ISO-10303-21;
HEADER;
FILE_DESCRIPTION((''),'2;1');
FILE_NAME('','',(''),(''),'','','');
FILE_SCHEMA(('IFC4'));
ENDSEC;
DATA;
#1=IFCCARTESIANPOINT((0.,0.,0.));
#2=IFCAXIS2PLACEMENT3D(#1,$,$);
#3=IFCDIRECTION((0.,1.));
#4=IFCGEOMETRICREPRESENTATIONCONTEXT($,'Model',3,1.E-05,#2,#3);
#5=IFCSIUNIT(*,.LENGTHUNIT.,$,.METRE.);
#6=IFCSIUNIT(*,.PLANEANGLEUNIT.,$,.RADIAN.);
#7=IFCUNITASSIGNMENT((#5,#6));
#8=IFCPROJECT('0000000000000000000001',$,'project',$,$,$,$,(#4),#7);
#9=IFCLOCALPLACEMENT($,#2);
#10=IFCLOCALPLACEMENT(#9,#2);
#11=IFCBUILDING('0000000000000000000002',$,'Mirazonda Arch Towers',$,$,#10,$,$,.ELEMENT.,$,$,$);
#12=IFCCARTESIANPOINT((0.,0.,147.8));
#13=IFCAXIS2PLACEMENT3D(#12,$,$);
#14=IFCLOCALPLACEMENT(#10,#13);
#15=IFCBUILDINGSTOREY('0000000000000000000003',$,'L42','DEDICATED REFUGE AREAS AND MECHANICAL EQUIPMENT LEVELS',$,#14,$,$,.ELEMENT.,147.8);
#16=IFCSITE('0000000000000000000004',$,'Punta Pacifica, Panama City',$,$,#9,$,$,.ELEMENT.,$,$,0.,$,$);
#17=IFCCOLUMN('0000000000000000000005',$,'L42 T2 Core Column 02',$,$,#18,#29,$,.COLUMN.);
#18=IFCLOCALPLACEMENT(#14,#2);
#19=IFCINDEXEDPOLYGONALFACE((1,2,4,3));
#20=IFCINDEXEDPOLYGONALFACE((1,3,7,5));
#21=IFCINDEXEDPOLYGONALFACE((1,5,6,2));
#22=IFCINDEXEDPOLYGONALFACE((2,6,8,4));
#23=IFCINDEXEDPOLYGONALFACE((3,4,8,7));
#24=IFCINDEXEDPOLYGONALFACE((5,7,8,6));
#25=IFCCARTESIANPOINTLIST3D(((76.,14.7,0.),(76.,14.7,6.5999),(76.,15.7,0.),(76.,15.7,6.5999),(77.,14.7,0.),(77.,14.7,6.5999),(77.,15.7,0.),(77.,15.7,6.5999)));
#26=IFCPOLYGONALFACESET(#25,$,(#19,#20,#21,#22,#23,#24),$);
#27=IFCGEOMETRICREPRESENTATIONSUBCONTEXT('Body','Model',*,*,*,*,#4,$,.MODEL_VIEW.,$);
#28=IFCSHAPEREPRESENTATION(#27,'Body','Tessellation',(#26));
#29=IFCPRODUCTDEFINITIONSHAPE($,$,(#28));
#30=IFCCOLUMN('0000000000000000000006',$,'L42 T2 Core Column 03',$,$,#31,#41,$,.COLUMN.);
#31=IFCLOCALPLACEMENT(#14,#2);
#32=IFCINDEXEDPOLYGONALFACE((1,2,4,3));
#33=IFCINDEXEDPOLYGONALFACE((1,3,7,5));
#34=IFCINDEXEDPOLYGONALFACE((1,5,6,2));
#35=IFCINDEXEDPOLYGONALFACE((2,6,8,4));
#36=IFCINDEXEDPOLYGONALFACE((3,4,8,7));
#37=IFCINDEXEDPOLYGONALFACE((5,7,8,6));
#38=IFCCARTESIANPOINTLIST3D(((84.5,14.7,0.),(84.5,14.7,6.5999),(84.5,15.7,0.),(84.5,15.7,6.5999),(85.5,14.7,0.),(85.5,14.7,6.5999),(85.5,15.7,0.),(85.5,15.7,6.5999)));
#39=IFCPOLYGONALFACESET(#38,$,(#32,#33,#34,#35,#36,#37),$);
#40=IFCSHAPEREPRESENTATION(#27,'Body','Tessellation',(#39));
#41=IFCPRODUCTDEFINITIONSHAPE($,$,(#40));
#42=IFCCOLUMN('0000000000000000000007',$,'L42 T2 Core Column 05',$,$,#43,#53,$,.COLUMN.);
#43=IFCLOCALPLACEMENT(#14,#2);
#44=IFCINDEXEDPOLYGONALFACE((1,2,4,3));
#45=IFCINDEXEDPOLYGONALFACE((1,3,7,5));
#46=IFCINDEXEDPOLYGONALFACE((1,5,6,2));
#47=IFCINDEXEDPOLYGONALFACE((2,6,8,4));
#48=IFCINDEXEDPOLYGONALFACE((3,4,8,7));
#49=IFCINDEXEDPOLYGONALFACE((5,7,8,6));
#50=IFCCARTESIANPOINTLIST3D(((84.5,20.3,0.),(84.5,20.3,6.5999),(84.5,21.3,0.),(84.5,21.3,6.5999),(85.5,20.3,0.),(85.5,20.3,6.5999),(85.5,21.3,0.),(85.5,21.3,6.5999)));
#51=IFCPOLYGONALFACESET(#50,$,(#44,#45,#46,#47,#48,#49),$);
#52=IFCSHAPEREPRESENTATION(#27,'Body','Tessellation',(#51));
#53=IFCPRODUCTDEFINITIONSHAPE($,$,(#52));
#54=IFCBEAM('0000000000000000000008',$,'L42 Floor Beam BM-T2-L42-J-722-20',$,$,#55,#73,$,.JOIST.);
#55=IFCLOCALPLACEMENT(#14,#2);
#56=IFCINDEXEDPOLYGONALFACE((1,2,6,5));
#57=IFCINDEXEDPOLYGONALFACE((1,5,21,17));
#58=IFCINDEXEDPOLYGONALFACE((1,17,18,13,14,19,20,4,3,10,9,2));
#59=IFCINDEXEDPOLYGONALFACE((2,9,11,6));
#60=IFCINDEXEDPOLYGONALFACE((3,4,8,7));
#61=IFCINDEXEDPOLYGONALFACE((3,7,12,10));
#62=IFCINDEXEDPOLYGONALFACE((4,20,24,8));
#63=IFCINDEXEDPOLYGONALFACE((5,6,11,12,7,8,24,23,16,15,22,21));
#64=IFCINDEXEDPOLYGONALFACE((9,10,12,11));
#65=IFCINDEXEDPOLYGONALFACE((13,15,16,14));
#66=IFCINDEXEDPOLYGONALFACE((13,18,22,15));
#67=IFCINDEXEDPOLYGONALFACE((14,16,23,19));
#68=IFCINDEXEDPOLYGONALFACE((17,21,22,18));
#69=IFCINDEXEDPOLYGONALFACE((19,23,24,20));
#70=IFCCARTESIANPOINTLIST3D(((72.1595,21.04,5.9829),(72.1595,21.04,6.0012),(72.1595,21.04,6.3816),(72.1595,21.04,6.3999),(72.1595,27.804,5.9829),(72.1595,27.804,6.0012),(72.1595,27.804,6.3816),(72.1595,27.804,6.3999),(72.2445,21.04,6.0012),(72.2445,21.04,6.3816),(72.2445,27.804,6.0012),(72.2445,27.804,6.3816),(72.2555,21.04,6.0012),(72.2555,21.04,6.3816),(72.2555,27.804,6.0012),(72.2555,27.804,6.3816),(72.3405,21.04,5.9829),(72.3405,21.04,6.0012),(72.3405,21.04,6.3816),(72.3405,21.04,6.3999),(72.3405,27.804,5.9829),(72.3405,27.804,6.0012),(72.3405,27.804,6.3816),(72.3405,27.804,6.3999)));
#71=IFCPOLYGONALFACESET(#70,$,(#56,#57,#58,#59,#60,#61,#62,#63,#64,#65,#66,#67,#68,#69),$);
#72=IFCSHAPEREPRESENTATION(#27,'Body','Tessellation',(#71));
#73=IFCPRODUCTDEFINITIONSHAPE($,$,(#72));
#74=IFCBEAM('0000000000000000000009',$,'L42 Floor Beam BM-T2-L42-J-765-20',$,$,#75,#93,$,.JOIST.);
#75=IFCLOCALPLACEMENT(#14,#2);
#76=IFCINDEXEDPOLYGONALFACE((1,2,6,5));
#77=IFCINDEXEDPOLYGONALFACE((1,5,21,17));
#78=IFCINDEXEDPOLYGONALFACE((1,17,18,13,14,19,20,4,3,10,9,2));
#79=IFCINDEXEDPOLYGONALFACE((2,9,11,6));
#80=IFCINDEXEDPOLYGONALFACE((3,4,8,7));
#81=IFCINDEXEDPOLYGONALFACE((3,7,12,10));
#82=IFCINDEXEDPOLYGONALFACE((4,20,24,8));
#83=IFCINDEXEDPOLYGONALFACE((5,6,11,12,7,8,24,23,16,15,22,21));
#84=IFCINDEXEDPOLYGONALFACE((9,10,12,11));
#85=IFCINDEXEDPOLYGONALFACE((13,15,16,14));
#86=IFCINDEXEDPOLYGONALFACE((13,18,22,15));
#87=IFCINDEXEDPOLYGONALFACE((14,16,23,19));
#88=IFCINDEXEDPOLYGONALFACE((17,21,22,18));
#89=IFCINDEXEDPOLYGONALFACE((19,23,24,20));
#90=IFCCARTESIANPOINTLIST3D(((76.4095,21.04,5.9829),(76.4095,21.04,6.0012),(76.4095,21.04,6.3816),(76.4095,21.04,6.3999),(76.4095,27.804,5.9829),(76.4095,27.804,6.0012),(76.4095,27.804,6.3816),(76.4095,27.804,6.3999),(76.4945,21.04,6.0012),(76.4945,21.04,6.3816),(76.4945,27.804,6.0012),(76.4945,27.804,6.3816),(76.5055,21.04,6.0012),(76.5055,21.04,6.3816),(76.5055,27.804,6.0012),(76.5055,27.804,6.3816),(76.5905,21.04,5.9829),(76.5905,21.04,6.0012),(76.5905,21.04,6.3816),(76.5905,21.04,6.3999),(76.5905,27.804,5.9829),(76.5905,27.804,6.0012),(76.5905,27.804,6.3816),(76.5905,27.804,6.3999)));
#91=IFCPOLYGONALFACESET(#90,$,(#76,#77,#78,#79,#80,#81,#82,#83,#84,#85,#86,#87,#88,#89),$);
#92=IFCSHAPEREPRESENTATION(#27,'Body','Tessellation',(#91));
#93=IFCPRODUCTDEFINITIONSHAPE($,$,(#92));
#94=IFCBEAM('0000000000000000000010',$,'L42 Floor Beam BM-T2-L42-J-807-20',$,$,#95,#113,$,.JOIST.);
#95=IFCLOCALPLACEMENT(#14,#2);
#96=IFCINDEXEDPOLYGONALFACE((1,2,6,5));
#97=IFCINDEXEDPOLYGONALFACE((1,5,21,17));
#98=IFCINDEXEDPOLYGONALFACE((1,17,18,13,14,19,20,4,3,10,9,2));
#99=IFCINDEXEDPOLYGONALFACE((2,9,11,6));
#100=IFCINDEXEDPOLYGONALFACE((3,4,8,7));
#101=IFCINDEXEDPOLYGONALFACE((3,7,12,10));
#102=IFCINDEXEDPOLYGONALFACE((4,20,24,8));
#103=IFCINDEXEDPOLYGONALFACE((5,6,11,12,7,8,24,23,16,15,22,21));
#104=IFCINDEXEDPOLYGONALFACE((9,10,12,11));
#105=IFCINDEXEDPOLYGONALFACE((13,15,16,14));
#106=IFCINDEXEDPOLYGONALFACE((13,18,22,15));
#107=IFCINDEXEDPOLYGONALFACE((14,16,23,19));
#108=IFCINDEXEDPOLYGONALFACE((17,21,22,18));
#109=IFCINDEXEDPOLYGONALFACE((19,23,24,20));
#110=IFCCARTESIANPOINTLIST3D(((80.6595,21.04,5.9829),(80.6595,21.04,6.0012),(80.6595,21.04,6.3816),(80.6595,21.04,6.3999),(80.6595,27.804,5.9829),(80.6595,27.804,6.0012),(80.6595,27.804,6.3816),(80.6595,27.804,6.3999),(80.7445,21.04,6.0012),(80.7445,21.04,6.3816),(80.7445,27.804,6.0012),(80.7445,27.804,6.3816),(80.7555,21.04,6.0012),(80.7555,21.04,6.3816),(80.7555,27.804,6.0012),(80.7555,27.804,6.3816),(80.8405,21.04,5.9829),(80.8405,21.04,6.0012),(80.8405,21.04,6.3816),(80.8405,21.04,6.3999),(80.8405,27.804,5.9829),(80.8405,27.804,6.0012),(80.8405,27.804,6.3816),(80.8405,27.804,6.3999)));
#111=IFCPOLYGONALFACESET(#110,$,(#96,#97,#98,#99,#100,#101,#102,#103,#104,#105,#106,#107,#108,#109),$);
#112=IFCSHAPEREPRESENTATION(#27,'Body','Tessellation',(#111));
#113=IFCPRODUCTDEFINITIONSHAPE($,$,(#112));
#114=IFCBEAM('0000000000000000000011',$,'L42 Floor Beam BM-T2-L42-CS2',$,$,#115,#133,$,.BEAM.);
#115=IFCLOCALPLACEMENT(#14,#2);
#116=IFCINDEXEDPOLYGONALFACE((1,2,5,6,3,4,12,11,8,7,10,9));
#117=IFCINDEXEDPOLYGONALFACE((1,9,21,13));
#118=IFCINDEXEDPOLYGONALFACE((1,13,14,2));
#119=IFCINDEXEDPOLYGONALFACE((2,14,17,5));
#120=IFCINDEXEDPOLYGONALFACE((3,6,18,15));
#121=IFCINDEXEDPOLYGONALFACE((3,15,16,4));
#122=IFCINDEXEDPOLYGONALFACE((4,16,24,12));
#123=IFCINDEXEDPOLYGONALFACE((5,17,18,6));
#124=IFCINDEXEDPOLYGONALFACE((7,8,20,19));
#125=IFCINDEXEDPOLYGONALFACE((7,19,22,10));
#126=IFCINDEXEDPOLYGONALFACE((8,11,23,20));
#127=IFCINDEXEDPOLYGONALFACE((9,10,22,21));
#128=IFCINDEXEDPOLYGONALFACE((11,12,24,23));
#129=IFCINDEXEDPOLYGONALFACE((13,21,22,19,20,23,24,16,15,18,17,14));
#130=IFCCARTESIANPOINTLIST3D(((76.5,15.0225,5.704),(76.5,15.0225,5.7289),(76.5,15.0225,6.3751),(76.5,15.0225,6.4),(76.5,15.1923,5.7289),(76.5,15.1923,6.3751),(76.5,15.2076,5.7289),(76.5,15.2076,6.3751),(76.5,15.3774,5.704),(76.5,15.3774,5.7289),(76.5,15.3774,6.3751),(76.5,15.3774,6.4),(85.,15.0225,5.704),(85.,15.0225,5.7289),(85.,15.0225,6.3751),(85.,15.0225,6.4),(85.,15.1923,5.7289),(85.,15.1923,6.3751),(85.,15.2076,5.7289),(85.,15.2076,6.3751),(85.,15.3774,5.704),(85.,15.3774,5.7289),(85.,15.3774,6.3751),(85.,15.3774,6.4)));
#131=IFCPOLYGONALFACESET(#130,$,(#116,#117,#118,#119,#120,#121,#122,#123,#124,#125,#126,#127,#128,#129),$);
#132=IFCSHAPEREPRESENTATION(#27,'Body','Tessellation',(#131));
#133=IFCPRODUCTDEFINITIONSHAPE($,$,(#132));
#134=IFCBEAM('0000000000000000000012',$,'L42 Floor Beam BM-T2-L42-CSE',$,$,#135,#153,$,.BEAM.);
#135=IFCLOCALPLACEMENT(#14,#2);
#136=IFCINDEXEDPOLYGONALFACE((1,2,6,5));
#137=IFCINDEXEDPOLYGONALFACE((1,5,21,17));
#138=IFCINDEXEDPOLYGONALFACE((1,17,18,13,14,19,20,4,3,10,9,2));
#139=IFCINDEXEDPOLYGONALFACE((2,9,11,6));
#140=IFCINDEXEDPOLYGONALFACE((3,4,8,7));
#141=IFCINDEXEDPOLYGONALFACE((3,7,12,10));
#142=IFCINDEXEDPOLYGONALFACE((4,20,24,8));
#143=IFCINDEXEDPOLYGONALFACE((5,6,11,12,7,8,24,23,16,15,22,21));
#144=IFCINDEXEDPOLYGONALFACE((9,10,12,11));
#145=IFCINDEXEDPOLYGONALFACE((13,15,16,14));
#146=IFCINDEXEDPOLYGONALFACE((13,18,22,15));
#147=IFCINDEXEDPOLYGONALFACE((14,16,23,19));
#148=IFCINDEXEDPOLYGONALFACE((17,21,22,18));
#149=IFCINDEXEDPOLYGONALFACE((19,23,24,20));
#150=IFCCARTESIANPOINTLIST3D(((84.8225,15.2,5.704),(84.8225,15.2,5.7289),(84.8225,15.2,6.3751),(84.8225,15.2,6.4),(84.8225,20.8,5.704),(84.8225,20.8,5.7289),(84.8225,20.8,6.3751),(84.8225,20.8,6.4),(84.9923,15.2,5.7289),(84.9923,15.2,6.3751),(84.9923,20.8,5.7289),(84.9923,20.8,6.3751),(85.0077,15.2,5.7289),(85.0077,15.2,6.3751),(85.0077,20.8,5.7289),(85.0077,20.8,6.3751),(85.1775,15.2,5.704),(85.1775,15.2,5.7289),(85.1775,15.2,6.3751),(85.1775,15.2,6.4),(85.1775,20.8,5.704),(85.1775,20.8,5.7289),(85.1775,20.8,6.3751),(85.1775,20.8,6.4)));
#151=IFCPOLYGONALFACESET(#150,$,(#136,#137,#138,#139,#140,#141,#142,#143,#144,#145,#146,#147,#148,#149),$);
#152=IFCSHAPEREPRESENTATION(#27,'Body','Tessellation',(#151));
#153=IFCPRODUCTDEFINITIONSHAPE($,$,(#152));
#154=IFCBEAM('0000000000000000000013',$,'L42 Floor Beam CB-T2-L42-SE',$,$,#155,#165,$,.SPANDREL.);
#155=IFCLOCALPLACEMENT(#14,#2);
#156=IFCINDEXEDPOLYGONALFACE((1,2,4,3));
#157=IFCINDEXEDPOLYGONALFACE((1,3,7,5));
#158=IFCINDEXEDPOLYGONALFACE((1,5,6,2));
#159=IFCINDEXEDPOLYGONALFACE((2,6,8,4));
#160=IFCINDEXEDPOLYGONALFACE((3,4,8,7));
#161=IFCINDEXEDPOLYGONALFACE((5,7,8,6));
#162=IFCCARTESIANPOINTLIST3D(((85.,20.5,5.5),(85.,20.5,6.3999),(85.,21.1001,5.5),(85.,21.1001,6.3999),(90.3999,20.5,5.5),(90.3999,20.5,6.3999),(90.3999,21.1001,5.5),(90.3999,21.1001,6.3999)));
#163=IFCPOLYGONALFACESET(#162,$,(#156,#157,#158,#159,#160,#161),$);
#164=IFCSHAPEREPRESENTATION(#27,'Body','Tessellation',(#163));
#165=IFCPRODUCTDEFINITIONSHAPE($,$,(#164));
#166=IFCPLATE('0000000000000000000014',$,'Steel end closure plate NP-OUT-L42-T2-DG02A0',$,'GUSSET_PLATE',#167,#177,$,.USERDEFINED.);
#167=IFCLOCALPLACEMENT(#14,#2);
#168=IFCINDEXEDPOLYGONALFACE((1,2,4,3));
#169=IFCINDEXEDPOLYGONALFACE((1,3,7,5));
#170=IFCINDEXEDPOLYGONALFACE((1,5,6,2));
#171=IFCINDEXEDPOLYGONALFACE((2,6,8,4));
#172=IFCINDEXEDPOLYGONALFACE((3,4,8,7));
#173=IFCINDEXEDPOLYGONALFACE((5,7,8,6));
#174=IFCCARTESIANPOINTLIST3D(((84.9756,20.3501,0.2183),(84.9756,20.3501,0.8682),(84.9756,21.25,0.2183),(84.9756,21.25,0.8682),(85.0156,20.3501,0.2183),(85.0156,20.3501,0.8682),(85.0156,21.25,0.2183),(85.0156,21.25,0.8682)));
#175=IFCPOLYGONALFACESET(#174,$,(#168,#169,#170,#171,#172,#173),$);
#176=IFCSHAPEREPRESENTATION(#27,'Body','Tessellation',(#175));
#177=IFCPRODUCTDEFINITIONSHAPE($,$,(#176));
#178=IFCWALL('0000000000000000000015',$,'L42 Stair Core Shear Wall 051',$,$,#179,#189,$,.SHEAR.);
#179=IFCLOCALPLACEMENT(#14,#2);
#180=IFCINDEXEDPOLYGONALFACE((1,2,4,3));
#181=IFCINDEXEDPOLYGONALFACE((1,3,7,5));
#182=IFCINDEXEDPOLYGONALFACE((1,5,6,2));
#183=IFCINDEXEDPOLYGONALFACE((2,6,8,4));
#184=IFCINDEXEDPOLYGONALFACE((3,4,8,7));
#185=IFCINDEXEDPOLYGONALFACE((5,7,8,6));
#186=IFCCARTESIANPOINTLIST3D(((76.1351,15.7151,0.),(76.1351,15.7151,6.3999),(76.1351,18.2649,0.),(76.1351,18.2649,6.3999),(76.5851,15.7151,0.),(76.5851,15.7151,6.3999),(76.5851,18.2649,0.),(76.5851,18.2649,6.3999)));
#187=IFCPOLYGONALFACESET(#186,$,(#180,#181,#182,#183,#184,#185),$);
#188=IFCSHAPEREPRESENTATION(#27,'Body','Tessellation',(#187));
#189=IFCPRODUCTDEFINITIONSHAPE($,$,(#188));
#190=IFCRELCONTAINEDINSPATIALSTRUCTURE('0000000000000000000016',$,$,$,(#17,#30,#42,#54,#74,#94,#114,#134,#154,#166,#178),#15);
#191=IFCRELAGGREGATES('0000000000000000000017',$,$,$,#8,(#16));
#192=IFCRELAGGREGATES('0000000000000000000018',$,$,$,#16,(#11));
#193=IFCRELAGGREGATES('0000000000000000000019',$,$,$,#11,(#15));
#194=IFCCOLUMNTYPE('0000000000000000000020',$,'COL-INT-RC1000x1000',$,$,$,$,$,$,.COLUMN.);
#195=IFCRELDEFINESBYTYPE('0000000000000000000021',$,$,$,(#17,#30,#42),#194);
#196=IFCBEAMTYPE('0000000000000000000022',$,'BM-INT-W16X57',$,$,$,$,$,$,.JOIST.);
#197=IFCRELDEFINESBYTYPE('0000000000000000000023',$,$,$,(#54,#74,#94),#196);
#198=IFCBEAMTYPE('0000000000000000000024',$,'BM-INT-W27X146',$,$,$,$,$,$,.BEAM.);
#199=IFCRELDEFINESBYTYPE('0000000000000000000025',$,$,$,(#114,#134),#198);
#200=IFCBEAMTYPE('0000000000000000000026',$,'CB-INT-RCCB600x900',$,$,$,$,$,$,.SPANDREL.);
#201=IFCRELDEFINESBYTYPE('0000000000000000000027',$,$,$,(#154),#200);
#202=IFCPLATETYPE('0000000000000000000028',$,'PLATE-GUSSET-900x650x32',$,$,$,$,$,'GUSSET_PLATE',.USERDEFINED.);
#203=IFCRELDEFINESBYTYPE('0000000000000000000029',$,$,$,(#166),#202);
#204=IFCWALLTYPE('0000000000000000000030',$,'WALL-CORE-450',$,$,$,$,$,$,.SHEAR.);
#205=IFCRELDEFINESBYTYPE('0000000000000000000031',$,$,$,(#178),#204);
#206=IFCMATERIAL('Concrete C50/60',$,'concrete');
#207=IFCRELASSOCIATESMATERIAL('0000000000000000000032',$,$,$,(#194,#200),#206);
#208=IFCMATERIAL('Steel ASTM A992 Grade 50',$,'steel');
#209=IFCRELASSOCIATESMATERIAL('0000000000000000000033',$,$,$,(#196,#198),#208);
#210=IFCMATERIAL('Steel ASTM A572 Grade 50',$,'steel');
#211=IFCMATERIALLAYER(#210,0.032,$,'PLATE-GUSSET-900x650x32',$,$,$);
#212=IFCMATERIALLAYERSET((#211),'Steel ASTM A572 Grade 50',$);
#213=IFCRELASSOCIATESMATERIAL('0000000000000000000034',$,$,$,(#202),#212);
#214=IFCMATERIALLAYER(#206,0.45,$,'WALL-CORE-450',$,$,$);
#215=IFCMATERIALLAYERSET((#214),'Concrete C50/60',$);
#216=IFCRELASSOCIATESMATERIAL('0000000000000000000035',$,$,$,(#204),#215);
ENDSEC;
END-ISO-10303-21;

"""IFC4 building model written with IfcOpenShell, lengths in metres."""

from ifc_helpers import new_model, si_unit, direction, frame, frame_2d, origin, origin_2d, place, context, subcontext, project, spatial, rectangle, i_section, extrude, material, layer, layer_set, material_profile, profile_set, type_object, element, save


model = new_model("IFC4")

# Units and contexts
model_context = context("Model", 3, precision=1e-05, world=origin(), true_north=direction((0.0, 1.0)))
body_context = subcontext(model_context, "Body", "Model", "MODEL_VIEW")
ifc_project = project(units=[si_unit("LENGTHUNIT", "METRE"), si_unit("PLANEANGLEUNIT", "RADIAN")], contexts=[model_context])

# Site, building, storey
site_placement = place(None, origin())
site = spatial("IfcSite", under=ifc_project, at=site_placement, Name="Punta Pacifica, Panama City", CompositionType="ELEMENT", RefElevation=0.0)
building_placement = place(site_placement, origin())
building = spatial("IfcBuilding", under=site, at=building_placement, Name="Mirazonda Arch Towers", CompositionType="ELEMENT")
storey_placement = place(building_placement, frame((0.0, 0.0, 147.8)))
storey = spatial("IfcBuildingStorey", under=building, at=storey_placement, Name="L42", Description="DEDICATED REFUGE AREAS AND MECHANICAL EQUIPMENT LEVELS", CompositionType="ELEMENT", Elevation=147.8)

# Columns
ifc_material_1 = material(Name="Concrete C50/60", Category="concrete")
ifc_material_profile_1 = material_profile(ifc_material_1, rectangle(XDim=1.0, YDim=1.0, at=origin_2d()), Name="RC1000x1000")
ifc_profile_set_1 = profile_set([ifc_material_profile_1], Name="Concrete C50/60")
column_type = type_object("IfcColumnType", Name="COL-INT-RC1000x1000", PredefinedType="COLUMN", material=ifc_profile_set_1)
for number, where, z_axis, x_axis, name in (
    (1, (76.5, 15.2, 0.0), (0.0, 0.0, 1.0), (1.0, 0.0, 0.0), "L42 T2 Core Column 02"),
    (2, (85.0, 15.2, 0.0), (0.0, 0.0, 1.0), (1.0, 0.0, 0.0), "L42 T2 Core Column 03"),
    (3, (85.0, 20.8, 0.0), (0.0, 0.0, 1.0), (1.0, 0.0, 0.0), "L42 T2 Core Column 05"),
):
    element("IfcColumn", number, at=place(storey_placement, frame(where, z_axis=z_axis, x_axis=x_axis)), inside=storey, type_object=column_type, Name=name, PredefinedType="COLUMN", context=body_context, shape_type="SweptSolid", body=[
        extrude(rectangle(XDim=1.0, YDim=1.0, at=origin_2d()), origin(), (0.0, 0.0, 1.0), 6.5999),
    ])

# Beams
ifc_material_2 = material(Name="Steel ASTM A992 Grade 50", Category="steel")
ifc_material_profile_2 = material_profile(ifc_material_2, i_section(OverallWidth=0.1809, OverallDepth=0.417, WebThickness=0.011, FlangeThickness=0.0183, at=origin_2d()), Name="W16X57")
ifc_profile_set_2 = profile_set([ifc_material_profile_2], Name="Steel ASTM A992 Grade 50")
beam_type_1 = type_object("IfcBeamType", Name="BM-INT-W16X57", PredefinedType="JOIST", material=ifc_profile_set_2)
for number, where, z_axis, x_axis, name in (
    (4, (72.25, 21.04, 6.1914), (0.0, 1.0, 0.0), (-1.0, 0.0, 0.0), "L42 Floor Beam BM-T2-L42-J-722-20"),
    (5, (76.5, 21.04, 6.1914), (0.0, 1.0, 0.0), (-1.0, 0.0, 0.0), "L42 Floor Beam BM-T2-L42-J-765-20"),
    (6, (80.75, 21.04, 6.1914), (0.0, 1.0, 0.0), (-1.0, 0.0, 0.0), "L42 Floor Beam BM-T2-L42-J-807-20"),
):
    element("IfcBeam", number, at=place(storey_placement, frame(where, z_axis=z_axis, x_axis=x_axis)), inside=storey, type_object=beam_type_1, Name=name, PredefinedType="JOIST", context=body_context, shape_type="SweptSolid", body=[
        extrude(i_section(OverallWidth=0.1809, OverallDepth=0.417, WebThickness=0.011, FlangeThickness=0.0183, at=origin_2d()), origin(), (0.0, 0.0, 1.0), 6.7639),
    ])
ifc_material_profile_3 = material_profile(ifc_material_2, i_section(OverallWidth=0.355, OverallDepth=0.696, WebThickness=0.0154, FlangeThickness=0.0249, at=origin_2d()), Name="W27X146")
ifc_profile_set_3 = profile_set([ifc_material_profile_3], Name="Steel ASTM A992 Grade 50")
beam_type_2 = type_object("IfcBeamType", Name="BM-INT-W27X146", PredefinedType="BEAM", material=ifc_profile_set_3)
beam_1_placement = place(storey_placement, frame((76.5, 15.2, 6.052), z_axis=(1.0, 0.0, 0.0), x_axis=(0.0, 1.0, 0.0)))
element("IfcBeam", 7, at=beam_1_placement, inside=storey, type_object=beam_type_2, Name="L42 Floor Beam BM-T2-L42-CS2", PredefinedType="BEAM", context=body_context, shape_type="SweptSolid", body=[
    extrude(i_section(OverallWidth=0.355, OverallDepth=0.696, WebThickness=0.0154, FlangeThickness=0.0249, at=origin_2d()), origin(), (0.0, 0.0, 1.0), 8.5),
])
beam_2_placement = place(storey_placement, frame((85.0, 15.2, 6.052), z_axis=(0.0, 1.0, 0.0), x_axis=(-1.0, 0.0, 0.0)))
element("IfcBeam", 8, at=beam_2_placement, inside=storey, type_object=beam_type_2, Name="L42 Floor Beam BM-T2-L42-CSE", PredefinedType="BEAM", context=body_context, shape_type="SweptSolid", body=[
    extrude(i_section(OverallWidth=0.355, OverallDepth=0.696, WebThickness=0.0154, FlangeThickness=0.0249, at=origin_2d()), origin(), (0.0, 0.0, 1.0), 5.6001),
])
ifc_material_profile_4 = material_profile(ifc_material_1, rectangle(XDim=0.6001, YDim=0.8999, at=origin_2d()), Name="RCCB600x900")
ifc_profile_set_4 = profile_set([ifc_material_profile_4], Name="Concrete C50/60")
beam_type_3 = type_object("IfcBeamType", Name="CB-INT-RCCB600x900", PredefinedType="SPANDREL", material=ifc_profile_set_4)
beam_3_placement = place(storey_placement, frame((85.0, 20.8, 5.95), z_axis=(1.0, 0.0, 0.0), x_axis=(0.0, 1.0, 0.0)))
element("IfcBeam", 9, at=beam_3_placement, inside=storey, type_object=beam_type_3, Name="L42 Floor Beam CB-T2-L42-SE", PredefinedType="SPANDREL", context=body_context, shape_type="SweptSolid", body=[
    extrude(rectangle(XDim=0.6001, YDim=0.8999, at=origin_2d()), origin(), (0.0, 0.0, 1.0), 5.3999),
])

# Plate
ifc_material_3 = material(Name="Steel ASTM A572 Grade 50", Category="steel")
ifc_layer_1 = layer(ifc_material_3, 0.032, Name="PLATE-GUSSET-900x650x32")
ifc_layer_set_1 = layer_set([ifc_layer_1], Name="Steel ASTM A572 Grade 50")
plate_type = type_object("IfcPlateType", Name="PLATE-GUSSET-900x650x32", ElementType="GUSSET_PLATE", PredefinedType="USERDEFINED", material=ifc_layer_set_1)
plate_placement = place(storey_placement, frame((84.9956, 20.8, 0.2183), z_axis=(0.0, 0.0, 1.0), x_axis=(-1.0, 0.0, 0.0)))
element("IfcPlate", 10, at=plate_placement, inside=storey, type_object=plate_type, Name="Steel end closure plate NP-OUT-L42-T2-DG02A0", ObjectType="GUSSET_PLATE", PredefinedType="USERDEFINED", context=body_context, shape_type="SweptSolid", body=[
    extrude(rectangle(XDim=0.04, YDim=0.8999, at=origin_2d()), origin(), (0.0, 0.0, 1.0), 0.6499),
])

# Wall
ifc_layer_2 = layer(ifc_material_1, 0.45, Name="WALL-CORE-450")
ifc_layer_set_2 = layer_set([ifc_layer_2], Name="Concrete C50/60")
wall_type_1 = type_object("IfcWallType", Name="WALL-CORE-450", PredefinedType="SHEAR", material=ifc_layer_set_2)
wall_1_placement = place(storey_placement, frame((76.3601, 15.7151, 0.0), z_axis=(0.0, 0.0, 1.0), x_axis=(0.0, 1.0, 0.0)))
element("IfcWall", 11, at=wall_1_placement, inside=storey, type_object=wall_type_1, Name="L42 Stair Core Shear Wall 051", PredefinedType="SHEAR", context=body_context, shape_type="SweptSolid", body=[
    extrude(rectangle(XDim=2.5498, YDim=0.45, at=frame_2d((1.2749, 0.0))), origin(), (0.0, 0.0, 1.0), 6.3999),
])

save(model, "model.ifc")
